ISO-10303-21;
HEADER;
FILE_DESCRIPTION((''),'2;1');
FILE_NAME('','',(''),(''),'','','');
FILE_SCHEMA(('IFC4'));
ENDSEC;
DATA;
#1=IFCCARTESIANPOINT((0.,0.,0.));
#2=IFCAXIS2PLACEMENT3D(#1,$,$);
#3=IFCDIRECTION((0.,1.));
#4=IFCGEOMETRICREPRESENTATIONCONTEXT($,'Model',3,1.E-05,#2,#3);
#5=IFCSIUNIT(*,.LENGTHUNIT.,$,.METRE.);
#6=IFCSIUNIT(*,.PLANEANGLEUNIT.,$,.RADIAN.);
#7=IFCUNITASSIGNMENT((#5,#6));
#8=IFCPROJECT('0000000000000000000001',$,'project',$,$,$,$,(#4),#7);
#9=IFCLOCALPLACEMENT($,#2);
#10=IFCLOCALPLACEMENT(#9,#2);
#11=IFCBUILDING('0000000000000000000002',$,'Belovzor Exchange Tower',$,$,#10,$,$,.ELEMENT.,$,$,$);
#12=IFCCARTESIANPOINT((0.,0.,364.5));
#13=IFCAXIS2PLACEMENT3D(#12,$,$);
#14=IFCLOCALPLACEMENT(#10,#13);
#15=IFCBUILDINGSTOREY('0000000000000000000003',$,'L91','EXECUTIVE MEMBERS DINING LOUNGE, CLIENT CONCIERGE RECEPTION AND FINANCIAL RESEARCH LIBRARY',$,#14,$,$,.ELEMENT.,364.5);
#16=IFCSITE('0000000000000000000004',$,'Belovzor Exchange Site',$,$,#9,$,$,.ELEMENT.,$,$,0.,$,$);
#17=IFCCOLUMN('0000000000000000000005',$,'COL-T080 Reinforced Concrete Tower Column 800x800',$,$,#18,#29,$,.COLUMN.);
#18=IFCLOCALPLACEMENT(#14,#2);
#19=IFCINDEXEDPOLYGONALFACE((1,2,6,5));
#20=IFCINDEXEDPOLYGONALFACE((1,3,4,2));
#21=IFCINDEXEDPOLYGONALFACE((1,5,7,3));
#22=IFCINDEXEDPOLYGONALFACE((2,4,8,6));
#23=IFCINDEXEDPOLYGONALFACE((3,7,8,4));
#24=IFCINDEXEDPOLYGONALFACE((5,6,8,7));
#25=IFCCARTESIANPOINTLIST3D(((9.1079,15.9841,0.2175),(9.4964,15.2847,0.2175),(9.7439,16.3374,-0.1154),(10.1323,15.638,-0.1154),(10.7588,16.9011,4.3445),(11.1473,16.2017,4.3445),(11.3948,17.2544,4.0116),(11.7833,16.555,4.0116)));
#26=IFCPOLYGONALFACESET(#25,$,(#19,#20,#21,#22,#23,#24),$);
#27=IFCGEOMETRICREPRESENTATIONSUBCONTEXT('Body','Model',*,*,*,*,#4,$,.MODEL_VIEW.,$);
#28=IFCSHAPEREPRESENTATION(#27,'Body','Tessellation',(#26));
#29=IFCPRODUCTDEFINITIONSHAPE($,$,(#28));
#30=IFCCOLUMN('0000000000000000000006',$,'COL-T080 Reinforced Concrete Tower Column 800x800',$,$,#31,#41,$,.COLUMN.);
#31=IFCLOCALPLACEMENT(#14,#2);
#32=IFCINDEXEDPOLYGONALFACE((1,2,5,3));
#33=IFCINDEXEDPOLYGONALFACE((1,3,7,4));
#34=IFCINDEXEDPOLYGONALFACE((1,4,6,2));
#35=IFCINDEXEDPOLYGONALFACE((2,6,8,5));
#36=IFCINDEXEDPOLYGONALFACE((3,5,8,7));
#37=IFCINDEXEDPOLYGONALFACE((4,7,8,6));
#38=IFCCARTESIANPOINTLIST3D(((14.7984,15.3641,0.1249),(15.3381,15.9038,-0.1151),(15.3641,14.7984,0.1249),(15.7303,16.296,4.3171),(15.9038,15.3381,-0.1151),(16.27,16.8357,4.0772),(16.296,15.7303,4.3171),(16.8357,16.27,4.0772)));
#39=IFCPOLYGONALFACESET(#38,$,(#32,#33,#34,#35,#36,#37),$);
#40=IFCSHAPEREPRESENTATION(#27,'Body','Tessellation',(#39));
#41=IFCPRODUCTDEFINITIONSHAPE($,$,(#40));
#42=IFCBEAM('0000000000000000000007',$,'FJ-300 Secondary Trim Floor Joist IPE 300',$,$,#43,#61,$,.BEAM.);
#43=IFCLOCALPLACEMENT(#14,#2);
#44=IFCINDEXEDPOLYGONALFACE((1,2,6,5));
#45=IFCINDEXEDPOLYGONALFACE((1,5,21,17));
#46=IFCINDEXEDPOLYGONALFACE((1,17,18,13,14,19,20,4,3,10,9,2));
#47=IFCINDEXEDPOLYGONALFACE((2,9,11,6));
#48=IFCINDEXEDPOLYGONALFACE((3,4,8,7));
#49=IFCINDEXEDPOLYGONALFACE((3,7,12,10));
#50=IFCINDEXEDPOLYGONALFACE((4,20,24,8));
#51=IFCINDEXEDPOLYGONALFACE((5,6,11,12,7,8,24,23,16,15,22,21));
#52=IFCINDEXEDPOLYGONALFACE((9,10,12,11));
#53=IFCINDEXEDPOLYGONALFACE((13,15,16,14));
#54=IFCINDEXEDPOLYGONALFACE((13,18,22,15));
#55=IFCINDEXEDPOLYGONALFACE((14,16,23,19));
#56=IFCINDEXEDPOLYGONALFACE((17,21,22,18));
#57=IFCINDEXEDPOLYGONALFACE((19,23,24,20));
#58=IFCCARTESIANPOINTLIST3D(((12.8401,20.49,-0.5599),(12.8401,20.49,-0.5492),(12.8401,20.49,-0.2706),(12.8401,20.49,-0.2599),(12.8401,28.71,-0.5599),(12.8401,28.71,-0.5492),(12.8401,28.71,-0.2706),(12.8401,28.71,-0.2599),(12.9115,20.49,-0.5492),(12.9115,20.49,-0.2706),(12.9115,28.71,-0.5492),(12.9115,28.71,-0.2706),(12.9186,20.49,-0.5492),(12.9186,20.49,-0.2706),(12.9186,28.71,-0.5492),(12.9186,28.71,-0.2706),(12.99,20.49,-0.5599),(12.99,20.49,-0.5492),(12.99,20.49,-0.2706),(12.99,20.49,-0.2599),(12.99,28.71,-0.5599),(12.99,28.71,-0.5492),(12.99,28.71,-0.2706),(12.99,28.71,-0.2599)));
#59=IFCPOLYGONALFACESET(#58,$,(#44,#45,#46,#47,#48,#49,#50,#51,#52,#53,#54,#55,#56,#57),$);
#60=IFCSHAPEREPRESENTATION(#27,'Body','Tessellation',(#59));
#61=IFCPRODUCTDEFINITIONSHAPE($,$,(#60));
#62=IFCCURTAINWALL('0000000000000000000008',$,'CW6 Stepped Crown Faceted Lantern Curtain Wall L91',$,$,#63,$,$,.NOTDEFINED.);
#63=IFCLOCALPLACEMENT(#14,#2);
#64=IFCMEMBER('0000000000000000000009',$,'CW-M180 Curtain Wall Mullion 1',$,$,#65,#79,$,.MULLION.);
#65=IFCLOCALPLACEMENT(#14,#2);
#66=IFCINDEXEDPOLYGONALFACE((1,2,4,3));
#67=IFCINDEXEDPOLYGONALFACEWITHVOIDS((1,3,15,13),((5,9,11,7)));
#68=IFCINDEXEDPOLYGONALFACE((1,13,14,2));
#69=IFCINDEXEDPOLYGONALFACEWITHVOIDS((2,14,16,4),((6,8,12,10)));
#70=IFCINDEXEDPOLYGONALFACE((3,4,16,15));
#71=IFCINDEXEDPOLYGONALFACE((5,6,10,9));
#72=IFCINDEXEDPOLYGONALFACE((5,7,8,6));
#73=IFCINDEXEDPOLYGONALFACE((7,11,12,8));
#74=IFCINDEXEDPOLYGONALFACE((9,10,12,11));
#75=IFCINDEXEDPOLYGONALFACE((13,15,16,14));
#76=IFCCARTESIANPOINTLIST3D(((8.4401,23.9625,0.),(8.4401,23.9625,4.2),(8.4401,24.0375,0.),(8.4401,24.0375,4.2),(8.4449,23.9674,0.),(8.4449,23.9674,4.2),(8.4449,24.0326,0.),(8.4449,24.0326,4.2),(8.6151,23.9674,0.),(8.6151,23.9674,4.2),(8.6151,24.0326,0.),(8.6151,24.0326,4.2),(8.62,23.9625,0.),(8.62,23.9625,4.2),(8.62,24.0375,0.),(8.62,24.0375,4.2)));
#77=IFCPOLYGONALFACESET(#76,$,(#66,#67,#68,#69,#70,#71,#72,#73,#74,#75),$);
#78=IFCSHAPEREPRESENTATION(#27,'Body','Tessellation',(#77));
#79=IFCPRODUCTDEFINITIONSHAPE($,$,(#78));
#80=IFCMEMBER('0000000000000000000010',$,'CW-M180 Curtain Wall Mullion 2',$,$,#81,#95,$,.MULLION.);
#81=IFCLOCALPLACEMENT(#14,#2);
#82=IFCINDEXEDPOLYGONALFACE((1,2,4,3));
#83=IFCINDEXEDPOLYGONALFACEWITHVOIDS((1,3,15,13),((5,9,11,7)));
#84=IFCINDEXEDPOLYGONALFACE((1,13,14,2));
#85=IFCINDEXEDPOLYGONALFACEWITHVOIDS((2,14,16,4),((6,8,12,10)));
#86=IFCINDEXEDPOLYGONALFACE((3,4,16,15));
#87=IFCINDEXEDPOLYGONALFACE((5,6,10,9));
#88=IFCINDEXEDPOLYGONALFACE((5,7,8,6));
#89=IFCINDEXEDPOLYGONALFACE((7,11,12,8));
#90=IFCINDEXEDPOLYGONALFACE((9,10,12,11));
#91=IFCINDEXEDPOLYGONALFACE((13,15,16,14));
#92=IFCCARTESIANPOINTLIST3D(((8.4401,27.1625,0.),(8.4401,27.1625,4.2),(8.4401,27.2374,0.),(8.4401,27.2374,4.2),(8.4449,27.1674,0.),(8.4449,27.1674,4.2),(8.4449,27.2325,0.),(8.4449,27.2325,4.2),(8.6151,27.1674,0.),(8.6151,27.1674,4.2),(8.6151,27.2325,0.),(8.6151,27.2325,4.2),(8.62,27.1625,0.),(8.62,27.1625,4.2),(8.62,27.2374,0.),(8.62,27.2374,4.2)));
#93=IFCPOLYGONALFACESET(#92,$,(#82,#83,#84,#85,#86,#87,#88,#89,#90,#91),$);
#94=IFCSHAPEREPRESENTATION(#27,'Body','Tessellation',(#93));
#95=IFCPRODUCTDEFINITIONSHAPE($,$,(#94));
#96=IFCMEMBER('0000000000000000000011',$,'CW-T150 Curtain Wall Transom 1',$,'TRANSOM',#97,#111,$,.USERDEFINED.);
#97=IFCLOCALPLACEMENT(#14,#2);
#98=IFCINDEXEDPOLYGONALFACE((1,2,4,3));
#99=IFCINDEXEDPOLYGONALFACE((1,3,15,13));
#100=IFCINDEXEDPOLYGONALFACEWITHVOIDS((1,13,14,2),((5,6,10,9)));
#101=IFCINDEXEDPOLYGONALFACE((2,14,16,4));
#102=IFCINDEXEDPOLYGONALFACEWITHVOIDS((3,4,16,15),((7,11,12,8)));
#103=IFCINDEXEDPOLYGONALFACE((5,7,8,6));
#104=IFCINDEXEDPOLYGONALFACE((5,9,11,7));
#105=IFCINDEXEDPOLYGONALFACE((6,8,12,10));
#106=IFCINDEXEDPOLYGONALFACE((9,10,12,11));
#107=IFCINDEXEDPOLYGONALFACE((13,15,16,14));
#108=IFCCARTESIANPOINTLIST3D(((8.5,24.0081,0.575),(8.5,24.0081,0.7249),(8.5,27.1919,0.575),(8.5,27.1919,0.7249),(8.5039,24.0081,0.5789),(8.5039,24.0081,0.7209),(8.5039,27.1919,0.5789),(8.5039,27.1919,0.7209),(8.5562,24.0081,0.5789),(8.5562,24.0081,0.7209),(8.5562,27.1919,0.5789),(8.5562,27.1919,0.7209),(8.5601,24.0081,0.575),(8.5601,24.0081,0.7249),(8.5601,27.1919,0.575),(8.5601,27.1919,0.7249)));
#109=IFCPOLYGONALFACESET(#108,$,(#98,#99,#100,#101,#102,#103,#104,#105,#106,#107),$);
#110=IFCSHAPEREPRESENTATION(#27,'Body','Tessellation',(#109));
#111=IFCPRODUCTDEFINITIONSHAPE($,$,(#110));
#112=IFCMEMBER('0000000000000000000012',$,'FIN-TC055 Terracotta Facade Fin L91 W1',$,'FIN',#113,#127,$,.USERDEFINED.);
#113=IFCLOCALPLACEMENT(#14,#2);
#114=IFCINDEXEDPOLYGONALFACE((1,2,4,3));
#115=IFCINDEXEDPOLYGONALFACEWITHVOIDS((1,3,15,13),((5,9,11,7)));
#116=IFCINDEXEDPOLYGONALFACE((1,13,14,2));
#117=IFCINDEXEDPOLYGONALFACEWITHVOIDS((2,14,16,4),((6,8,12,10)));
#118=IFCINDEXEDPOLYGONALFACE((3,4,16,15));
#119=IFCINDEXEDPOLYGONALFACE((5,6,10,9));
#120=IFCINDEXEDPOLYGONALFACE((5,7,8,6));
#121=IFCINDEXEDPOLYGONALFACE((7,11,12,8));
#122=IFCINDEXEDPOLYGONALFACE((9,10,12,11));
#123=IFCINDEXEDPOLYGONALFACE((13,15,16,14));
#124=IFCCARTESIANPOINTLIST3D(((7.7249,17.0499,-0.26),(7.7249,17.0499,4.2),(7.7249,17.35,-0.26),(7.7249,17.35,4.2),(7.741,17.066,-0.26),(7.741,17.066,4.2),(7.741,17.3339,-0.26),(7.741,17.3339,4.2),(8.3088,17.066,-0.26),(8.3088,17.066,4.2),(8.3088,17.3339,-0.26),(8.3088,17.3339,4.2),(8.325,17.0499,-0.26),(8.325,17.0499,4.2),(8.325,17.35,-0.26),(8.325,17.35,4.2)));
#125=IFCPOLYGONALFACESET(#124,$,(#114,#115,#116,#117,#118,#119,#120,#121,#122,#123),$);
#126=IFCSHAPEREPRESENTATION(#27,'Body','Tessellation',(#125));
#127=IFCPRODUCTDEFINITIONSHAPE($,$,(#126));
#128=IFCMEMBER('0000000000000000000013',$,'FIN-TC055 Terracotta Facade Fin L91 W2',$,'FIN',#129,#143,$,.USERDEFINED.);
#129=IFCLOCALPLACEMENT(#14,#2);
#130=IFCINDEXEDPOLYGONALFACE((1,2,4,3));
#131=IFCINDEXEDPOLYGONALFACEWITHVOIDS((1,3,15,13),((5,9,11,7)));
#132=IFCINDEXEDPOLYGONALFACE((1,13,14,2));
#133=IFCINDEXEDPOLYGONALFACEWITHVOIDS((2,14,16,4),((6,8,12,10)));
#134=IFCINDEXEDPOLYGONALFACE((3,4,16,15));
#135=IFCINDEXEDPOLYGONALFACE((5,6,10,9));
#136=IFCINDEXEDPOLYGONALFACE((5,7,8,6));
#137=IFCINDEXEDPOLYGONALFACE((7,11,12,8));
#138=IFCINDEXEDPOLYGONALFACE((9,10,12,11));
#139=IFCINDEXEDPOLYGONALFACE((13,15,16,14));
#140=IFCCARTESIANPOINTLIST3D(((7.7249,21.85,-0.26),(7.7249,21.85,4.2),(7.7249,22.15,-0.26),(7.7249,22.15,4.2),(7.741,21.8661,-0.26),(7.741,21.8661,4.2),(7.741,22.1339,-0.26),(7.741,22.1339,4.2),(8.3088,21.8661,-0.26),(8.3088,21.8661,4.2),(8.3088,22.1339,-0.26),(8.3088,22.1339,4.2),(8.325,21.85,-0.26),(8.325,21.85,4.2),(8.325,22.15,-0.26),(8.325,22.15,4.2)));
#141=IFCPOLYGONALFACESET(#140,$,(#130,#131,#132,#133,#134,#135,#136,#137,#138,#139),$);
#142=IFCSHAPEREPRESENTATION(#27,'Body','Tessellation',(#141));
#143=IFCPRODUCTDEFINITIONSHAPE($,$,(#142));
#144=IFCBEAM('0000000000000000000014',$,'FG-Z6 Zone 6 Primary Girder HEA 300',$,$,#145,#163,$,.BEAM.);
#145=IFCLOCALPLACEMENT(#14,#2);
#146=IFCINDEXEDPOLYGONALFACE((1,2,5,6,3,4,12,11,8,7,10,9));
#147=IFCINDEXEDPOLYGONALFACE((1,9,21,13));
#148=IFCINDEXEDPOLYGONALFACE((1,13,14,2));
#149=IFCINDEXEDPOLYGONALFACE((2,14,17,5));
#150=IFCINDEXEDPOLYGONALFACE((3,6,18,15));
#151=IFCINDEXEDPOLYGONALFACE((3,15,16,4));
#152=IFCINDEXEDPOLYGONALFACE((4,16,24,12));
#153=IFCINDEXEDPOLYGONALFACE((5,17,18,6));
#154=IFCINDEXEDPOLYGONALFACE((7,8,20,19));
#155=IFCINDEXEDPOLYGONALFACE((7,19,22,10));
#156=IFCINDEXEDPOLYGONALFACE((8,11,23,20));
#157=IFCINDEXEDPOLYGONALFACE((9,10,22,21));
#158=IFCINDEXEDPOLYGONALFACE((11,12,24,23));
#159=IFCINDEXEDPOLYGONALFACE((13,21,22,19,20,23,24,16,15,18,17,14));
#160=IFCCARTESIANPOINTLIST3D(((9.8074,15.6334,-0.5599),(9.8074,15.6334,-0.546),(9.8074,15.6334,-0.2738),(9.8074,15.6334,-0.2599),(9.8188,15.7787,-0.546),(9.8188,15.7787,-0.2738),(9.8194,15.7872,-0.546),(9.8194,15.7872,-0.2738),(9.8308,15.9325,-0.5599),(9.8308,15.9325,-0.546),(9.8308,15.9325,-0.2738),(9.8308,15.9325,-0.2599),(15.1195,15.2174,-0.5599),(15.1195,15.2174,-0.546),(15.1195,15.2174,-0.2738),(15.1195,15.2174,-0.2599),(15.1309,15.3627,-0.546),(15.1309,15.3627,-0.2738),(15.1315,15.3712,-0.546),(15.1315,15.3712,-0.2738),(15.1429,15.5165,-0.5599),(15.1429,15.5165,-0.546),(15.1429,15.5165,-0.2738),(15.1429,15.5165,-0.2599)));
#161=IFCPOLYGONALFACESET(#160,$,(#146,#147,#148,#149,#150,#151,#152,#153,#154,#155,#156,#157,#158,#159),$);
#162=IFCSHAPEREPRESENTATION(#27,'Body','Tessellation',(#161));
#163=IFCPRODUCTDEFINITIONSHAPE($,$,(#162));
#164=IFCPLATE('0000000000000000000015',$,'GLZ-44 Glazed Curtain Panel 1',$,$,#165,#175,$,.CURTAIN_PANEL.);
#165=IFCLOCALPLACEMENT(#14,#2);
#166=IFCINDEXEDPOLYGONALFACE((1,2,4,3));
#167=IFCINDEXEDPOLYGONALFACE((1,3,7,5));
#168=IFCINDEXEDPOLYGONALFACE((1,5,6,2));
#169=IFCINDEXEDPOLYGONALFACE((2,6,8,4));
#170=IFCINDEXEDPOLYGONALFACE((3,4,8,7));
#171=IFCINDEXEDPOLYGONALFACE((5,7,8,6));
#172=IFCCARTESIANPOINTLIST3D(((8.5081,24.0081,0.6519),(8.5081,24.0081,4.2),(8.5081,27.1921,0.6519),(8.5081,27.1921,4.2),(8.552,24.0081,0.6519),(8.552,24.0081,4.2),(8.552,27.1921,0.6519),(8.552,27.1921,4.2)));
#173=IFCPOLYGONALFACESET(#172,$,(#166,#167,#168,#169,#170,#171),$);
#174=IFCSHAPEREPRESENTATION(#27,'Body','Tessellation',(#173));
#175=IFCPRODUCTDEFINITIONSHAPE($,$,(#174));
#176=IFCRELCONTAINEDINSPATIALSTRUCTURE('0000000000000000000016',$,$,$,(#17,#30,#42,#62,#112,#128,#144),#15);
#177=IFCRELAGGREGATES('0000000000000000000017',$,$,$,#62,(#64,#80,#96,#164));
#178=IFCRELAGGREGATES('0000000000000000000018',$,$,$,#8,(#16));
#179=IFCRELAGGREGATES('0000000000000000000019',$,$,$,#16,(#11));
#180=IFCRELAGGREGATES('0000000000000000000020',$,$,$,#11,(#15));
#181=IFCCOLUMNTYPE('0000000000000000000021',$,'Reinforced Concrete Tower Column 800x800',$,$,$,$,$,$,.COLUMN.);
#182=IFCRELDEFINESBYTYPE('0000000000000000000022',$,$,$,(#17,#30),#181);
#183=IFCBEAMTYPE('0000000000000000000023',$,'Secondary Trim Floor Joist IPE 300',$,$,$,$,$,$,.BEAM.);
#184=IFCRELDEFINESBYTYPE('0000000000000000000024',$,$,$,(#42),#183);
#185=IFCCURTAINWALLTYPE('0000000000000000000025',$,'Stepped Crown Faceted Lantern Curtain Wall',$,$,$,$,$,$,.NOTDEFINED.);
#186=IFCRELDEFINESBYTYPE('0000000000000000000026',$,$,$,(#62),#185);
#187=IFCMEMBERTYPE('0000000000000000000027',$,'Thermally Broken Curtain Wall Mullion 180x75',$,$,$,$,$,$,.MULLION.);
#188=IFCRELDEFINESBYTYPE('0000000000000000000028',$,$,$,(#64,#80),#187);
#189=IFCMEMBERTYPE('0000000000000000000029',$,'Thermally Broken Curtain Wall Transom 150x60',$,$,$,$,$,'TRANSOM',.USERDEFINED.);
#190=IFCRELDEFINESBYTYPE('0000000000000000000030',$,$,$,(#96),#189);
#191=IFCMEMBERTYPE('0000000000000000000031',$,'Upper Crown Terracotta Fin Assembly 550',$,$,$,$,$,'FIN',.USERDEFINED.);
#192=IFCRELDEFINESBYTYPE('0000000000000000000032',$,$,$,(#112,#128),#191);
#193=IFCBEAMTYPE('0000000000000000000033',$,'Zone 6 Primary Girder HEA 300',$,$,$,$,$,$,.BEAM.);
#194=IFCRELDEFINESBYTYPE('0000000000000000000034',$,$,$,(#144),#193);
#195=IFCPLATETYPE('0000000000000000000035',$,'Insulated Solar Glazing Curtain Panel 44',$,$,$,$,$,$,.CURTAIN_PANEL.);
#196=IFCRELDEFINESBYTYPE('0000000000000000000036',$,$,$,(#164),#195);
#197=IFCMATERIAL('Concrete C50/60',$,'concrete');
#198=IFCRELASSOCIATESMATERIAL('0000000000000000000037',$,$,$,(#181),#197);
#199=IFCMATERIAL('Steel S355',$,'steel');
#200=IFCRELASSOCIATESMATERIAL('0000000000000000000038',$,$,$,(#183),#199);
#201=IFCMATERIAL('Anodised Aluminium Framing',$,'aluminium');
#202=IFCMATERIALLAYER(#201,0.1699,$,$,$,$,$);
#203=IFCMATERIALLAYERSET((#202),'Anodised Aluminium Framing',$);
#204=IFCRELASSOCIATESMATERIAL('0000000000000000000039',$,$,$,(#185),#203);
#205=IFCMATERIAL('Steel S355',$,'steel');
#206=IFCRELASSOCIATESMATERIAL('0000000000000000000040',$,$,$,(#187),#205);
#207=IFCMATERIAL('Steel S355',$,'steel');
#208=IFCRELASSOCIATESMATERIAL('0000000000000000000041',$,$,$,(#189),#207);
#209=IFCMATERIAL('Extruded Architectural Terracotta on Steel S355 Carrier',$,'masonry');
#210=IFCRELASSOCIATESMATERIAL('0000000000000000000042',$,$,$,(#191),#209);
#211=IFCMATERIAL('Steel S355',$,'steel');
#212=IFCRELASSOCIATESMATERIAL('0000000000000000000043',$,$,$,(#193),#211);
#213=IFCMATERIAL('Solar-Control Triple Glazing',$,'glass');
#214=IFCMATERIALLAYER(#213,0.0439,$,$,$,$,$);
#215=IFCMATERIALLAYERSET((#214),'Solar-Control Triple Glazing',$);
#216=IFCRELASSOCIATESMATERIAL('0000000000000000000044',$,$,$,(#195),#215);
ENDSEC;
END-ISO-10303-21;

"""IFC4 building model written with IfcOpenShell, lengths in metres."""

from ifc_helpers import new_model, si_unit, direction, frame, origin, origin_2d, place, context, subcontext, project, spatial, rectangle, hollow_rectangle, i_section, extrude, material, layer, layer_set, material_profile, profile_set, type_object, element, aggregate, save


model = new_model("IFC4")

# Units and contexts
model_context = context("Model", 3, precision=1e-05, world=origin(), true_north=direction((0.0, 1.0)))
body_context = subcontext(model_context, "Body", "Model", "MODEL_VIEW")
ifc_project = project(units=[si_unit("LENGTHUNIT", "METRE"), si_unit("PLANEANGLEUNIT", "RADIAN")], contexts=[model_context])

# Site, building, storey
site_placement = place(None, origin())
site = spatial("IfcSite", under=ifc_project, at=site_placement, Name="Belovzor Exchange Site", CompositionType="ELEMENT", RefElevation=0.0)
building_placement = place(site_placement, origin())
building = spatial("IfcBuilding", under=site, at=building_placement, Name="Belovzor Exchange Tower", CompositionType="ELEMENT")
storey_placement = place(building_placement, frame((0.0, 0.0, 364.5)))
storey = spatial("IfcBuildingStorey", under=building, at=storey_placement, Name="L91", Description="EXECUTIVE MEMBERS DINING LOUNGE, CLIENT CONCIERGE RECEPTION AND FINANCIAL RESEARCH LIBRARY", CompositionType="ELEMENT", Elevation=364.5)

# Columns
ifc_material_1 = material(Name="Concrete C50/60", Category="concrete")
ifc_material_profile_1 = material_profile(ifc_material_1, rectangle(XDim=0.8, YDim=0.8, at=origin_2d()))
ifc_profile_set_1 = profile_set([ifc_material_profile_1], Name="Concrete C50/60")
column_type = type_object("IfcColumnType", Name="Reinforced Concrete Tower Column 800x800", PredefinedType="COLUMN", material=ifc_profile_set_1)
column_1_placement = place(storey_placement, frame((9.6201, 15.811, 0.051), z_axis=(0.36375, 0.202047, 0.90932), x_axis=(-0.485577, 0.874194, 0.0)))
element("IfcColumn", 1, at=column_1_placement, inside=storey, type_object=column_type, Name="COL-T080 Reinforced Concrete Tower Column 800x800", PredefinedType="COLUMN", context=body_context, shape_type="SweptSolid", body=[
    extrude(rectangle(XDim=0.8, YDim=0.8, at=origin_2d()), origin(), (0.0, 0.0, 1.0), 4.5386),
])
column_2_placement = place(storey_placement, frame((15.3511, 15.3511, 0.0049), z_axis=(0.212061, 0.212061, 0.953971), x_axis=(-0.707107, 0.707107, 0.0)))
element("IfcColumn", 2, at=column_2_placement, inside=storey, type_object=column_type, Name="COL-T080 Reinforced Concrete Tower Column 800x800", PredefinedType="COLUMN", context=body_context, shape_type="SweptSolid", body=[
    extrude(rectangle(XDim=0.8, YDim=0.8, at=origin_2d()), origin(), (0.0, 0.0, 1.0), 4.3945),
])

# Beam
ifc_material_2 = material(Name="Steel S355", Category="steel")
ifc_material_profile_2 = material_profile(ifc_material_2, i_section(OverallWidth=0.1499, OverallDepth=0.3, WebThickness=0.0071, FlangeThickness=0.0107, at=origin_2d()))
ifc_profile_set_2 = profile_set([ifc_material_profile_2], Name="Steel S355")
beam_type_1 = type_object("IfcBeamType", Name="Secondary Trim Floor Joist IPE 300", PredefinedType="BEAM", material=ifc_profile_set_2)
beam_1_placement = place(storey_placement, frame((12.915, 20.49, -0.4099), z_axis=(0.0, 1.0, 0.0), x_axis=(-1.0, 0.0, 0.0)))
element("IfcBeam", 3, at=beam_1_placement, inside=storey, type_object=beam_type_1, Name="FJ-300 Secondary Trim Floor Joist IPE 300", PredefinedType="BEAM", context=body_context, shape_type="SweptSolid", body=[
    extrude(i_section(OverallWidth=0.1499, OverallDepth=0.3, WebThickness=0.0071, FlangeThickness=0.0107, at=origin_2d()), origin(), (0.0, 0.0, 1.0), 8.22),
])

# Curtain wall, members
ifc_material_3 = material(Name="Anodised Aluminium Framing", Category="aluminium")
ifc_layer_1 = layer(ifc_material_3, 0.1699)
ifc_layer_set_1 = layer_set([ifc_layer_1], Name="Anodised Aluminium Framing")
curtain_wall_type = type_object("IfcCurtainWallType", Name="Stepped Crown Faceted Lantern Curtain Wall", PredefinedType="NOTDEFINED", material=ifc_layer_set_1)
curtain_wall_placement = place(storey_placement, origin())
curtain_wall = element("IfcCurtainWall", 4, at=curtain_wall_placement, inside=storey, type_object=curtain_wall_type, Name="CW6 Stepped Crown Faceted Lantern Curtain Wall L91", PredefinedType="NOTDEFINED")
ifc_material_4 = material(Name="Steel S355", Category="steel")
ifc_material_profile_3 = material_profile(ifc_material_4, hollow_rectangle(XDim=0.075, YDim=0.1799, WallThickness=0.0049, at=origin_2d()))
ifc_profile_set_3 = profile_set([ifc_material_profile_3], Name="Steel S355")
member_type_1 = type_object("IfcMemberType", Name="Thermally Broken Curtain Wall Mullion 180x75", PredefinedType="MULLION", material=ifc_profile_set_3)
member_1_placement = place(storey_placement, frame((8.53, 24.0, 0.0), z_axis=(0.0, 0.0, 1.0), x_axis=(0.0, 1.0, 0.0)))
member_1 = element("IfcMember", 5, at=member_1_placement, type_object=member_type_1, Name="CW-M180 Curtain Wall Mullion 1", PredefinedType="MULLION", context=body_context, shape_type="SweptSolid", body=[
    extrude(hollow_rectangle(XDim=0.075, YDim=0.1799, WallThickness=0.0049, at=origin_2d()), origin(), (0.0, 0.0, 1.0), 4.2),
])
member_2_placement = place(storey_placement, frame((8.53, 27.2, 0.0), z_axis=(0.0, 0.0, 1.0), x_axis=(0.0, 1.0, 0.0)))
member_2 = element("IfcMember", 6, at=member_2_placement, type_object=member_type_1, Name="CW-M180 Curtain Wall Mullion 2", PredefinedType="MULLION", context=body_context, shape_type="SweptSolid", body=[
    extrude(hollow_rectangle(XDim=0.075, YDim=0.1799, WallThickness=0.0049, at=origin_2d()), origin(), (0.0, 0.0, 1.0), 4.2),
])
ifc_material_5 = material(Name="Steel S355", Category="steel")
ifc_material_profile_4 = material_profile(ifc_material_5, hollow_rectangle(XDim=0.0601, YDim=0.1499, WallThickness=0.0039, at=origin_2d()))
ifc_profile_set_4 = profile_set([ifc_material_profile_4], Name="Steel S355")
member_type_2 = type_object("IfcMemberType", Name="Thermally Broken Curtain Wall Transom 150x60", ElementType="TRANSOM", PredefinedType="USERDEFINED", material=ifc_profile_set_4)
member_3_placement = place(storey_placement, frame((8.53, 24.0081, 0.6499), z_axis=(0.0, 1.0, 0.0), x_axis=(-1.0, 0.0, 0.0)))
member_3 = element("IfcMember", 7, at=member_3_placement, type_object=member_type_2, Name="CW-T150 Curtain Wall Transom 1", ObjectType="TRANSOM", PredefinedType="USERDEFINED", context=body_context, shape_type="SweptSolid", body=[
    extrude(hollow_rectangle(XDim=0.0601, YDim=0.1499, WallThickness=0.0039, at=origin_2d()), origin(), (0.0, 0.0, 1.0), 3.1838),
])

# Members
ifc_material_6 = material(Name="Extruded Architectural Terracotta on Steel S355 Carrier", Category="masonry")
ifc_material_profile_5 = material_profile(ifc_material_6, hollow_rectangle(XDim=0.3, YDim=0.6001, WallThickness=0.0161, at=origin_2d()))
ifc_profile_set_5 = profile_set([ifc_material_profile_5], Name="Extruded Architectural Terracotta on Steel S355 Carrier")
member_type_3 = type_object("IfcMemberType", Name="Upper Crown Terracotta Fin Assembly 550", ElementType="FIN", PredefinedType="USERDEFINED", material=ifc_profile_set_5)
for number, where, z_axis, x_axis, name in (
    (8, (8.0249, 17.2, -0.26), (0.0, 0.0, 1.0), (0.0, 1.0, 0.0), "FIN-TC055 Terracotta Facade Fin L91 W1"),
    (9, (8.0249, 22.0, -0.26), (0.0, 0.0, 1.0), (0.0, 1.0, 0.0), "FIN-TC055 Terracotta Facade Fin L91 W2"),
):
    element("IfcMember", number, at=place(storey_placement, frame(where, z_axis=z_axis, x_axis=x_axis)), inside=storey, type_object=member_type_3, Name=name, ObjectType="FIN", PredefinedType="USERDEFINED", context=body_context, shape_type="SweptSolid", body=[
        extrude(hollow_rectangle(XDim=0.3, YDim=0.6001, WallThickness=0.0161, at=origin_2d()), origin(), (0.0, 0.0, 1.0), 4.46),
    ])

# Beam
ifc_material_7 = material(Name="Steel S355", Category="steel")
ifc_material_profile_6 = material_profile(ifc_material_7, i_section(OverallWidth=0.3, OverallDepth=0.3, WebThickness=0.0085, FlangeThickness=0.0139, at=origin_2d()))
ifc_profile_set_6 = profile_set([ifc_material_profile_6], Name="Steel S355")
beam_type_2 = type_object("IfcBeamType", Name="Zone 6 Primary Girder HEA 300", PredefinedType="BEAM", material=ifc_profile_set_6)
beam_2_placement = place(storey_placement, frame((9.8191, 15.783, -0.4099), z_axis=(0.996947, -0.078077, 0.0), x_axis=(0.078077, 0.996947, 0.0)))
element("IfcBeam", 10, at=beam_2_placement, inside=storey, type_object=beam_type_2, Name="FG-Z6 Zone 6 Primary Girder HEA 300", PredefinedType="BEAM", context=body_context, shape_type="SweptSolid", body=[
    extrude(i_section(OverallWidth=0.3, OverallDepth=0.3, WebThickness=0.0085, FlangeThickness=0.0139, at=origin_2d()), origin(), (0.0, 0.0, 1.0), 5.3284),
])

# Plate
ifc_material_8 = material(Name="Solar-Control Triple Glazing", Category="glass")
ifc_layer_2 = layer(ifc_material_8, 0.0439)
ifc_layer_set_2 = layer_set([ifc_layer_2], Name="Solar-Control Triple Glazing")
plate_type_1 = type_object("IfcPlateType", Name="Insulated Solar Glazing Curtain Panel 44", PredefinedType="CURTAIN_PANEL", material=ifc_layer_set_2)
plate_1_placement = place(storey_placement, frame((8.53, 25.6001, 0.6519), z_axis=(0.0, 0.0, 1.0), x_axis=(0.0, 1.0, 0.0)))
plate_1 = element("IfcPlate", 11, at=plate_1_placement, type_object=plate_type_1, Name="GLZ-44 Glazed Curtain Panel 1", PredefinedType="CURTAIN_PANEL", context=body_context, shape_type="SweptSolid", body=[
    extrude(rectangle(XDim=3.1841, YDim=0.0439, at=origin_2d()), origin(), (0.0, 0.0, 1.0), 3.5481),
])
aggregate(curtain_wall, [member_1, member_2, member_3, plate_1])

save(model, "model.ifc")
